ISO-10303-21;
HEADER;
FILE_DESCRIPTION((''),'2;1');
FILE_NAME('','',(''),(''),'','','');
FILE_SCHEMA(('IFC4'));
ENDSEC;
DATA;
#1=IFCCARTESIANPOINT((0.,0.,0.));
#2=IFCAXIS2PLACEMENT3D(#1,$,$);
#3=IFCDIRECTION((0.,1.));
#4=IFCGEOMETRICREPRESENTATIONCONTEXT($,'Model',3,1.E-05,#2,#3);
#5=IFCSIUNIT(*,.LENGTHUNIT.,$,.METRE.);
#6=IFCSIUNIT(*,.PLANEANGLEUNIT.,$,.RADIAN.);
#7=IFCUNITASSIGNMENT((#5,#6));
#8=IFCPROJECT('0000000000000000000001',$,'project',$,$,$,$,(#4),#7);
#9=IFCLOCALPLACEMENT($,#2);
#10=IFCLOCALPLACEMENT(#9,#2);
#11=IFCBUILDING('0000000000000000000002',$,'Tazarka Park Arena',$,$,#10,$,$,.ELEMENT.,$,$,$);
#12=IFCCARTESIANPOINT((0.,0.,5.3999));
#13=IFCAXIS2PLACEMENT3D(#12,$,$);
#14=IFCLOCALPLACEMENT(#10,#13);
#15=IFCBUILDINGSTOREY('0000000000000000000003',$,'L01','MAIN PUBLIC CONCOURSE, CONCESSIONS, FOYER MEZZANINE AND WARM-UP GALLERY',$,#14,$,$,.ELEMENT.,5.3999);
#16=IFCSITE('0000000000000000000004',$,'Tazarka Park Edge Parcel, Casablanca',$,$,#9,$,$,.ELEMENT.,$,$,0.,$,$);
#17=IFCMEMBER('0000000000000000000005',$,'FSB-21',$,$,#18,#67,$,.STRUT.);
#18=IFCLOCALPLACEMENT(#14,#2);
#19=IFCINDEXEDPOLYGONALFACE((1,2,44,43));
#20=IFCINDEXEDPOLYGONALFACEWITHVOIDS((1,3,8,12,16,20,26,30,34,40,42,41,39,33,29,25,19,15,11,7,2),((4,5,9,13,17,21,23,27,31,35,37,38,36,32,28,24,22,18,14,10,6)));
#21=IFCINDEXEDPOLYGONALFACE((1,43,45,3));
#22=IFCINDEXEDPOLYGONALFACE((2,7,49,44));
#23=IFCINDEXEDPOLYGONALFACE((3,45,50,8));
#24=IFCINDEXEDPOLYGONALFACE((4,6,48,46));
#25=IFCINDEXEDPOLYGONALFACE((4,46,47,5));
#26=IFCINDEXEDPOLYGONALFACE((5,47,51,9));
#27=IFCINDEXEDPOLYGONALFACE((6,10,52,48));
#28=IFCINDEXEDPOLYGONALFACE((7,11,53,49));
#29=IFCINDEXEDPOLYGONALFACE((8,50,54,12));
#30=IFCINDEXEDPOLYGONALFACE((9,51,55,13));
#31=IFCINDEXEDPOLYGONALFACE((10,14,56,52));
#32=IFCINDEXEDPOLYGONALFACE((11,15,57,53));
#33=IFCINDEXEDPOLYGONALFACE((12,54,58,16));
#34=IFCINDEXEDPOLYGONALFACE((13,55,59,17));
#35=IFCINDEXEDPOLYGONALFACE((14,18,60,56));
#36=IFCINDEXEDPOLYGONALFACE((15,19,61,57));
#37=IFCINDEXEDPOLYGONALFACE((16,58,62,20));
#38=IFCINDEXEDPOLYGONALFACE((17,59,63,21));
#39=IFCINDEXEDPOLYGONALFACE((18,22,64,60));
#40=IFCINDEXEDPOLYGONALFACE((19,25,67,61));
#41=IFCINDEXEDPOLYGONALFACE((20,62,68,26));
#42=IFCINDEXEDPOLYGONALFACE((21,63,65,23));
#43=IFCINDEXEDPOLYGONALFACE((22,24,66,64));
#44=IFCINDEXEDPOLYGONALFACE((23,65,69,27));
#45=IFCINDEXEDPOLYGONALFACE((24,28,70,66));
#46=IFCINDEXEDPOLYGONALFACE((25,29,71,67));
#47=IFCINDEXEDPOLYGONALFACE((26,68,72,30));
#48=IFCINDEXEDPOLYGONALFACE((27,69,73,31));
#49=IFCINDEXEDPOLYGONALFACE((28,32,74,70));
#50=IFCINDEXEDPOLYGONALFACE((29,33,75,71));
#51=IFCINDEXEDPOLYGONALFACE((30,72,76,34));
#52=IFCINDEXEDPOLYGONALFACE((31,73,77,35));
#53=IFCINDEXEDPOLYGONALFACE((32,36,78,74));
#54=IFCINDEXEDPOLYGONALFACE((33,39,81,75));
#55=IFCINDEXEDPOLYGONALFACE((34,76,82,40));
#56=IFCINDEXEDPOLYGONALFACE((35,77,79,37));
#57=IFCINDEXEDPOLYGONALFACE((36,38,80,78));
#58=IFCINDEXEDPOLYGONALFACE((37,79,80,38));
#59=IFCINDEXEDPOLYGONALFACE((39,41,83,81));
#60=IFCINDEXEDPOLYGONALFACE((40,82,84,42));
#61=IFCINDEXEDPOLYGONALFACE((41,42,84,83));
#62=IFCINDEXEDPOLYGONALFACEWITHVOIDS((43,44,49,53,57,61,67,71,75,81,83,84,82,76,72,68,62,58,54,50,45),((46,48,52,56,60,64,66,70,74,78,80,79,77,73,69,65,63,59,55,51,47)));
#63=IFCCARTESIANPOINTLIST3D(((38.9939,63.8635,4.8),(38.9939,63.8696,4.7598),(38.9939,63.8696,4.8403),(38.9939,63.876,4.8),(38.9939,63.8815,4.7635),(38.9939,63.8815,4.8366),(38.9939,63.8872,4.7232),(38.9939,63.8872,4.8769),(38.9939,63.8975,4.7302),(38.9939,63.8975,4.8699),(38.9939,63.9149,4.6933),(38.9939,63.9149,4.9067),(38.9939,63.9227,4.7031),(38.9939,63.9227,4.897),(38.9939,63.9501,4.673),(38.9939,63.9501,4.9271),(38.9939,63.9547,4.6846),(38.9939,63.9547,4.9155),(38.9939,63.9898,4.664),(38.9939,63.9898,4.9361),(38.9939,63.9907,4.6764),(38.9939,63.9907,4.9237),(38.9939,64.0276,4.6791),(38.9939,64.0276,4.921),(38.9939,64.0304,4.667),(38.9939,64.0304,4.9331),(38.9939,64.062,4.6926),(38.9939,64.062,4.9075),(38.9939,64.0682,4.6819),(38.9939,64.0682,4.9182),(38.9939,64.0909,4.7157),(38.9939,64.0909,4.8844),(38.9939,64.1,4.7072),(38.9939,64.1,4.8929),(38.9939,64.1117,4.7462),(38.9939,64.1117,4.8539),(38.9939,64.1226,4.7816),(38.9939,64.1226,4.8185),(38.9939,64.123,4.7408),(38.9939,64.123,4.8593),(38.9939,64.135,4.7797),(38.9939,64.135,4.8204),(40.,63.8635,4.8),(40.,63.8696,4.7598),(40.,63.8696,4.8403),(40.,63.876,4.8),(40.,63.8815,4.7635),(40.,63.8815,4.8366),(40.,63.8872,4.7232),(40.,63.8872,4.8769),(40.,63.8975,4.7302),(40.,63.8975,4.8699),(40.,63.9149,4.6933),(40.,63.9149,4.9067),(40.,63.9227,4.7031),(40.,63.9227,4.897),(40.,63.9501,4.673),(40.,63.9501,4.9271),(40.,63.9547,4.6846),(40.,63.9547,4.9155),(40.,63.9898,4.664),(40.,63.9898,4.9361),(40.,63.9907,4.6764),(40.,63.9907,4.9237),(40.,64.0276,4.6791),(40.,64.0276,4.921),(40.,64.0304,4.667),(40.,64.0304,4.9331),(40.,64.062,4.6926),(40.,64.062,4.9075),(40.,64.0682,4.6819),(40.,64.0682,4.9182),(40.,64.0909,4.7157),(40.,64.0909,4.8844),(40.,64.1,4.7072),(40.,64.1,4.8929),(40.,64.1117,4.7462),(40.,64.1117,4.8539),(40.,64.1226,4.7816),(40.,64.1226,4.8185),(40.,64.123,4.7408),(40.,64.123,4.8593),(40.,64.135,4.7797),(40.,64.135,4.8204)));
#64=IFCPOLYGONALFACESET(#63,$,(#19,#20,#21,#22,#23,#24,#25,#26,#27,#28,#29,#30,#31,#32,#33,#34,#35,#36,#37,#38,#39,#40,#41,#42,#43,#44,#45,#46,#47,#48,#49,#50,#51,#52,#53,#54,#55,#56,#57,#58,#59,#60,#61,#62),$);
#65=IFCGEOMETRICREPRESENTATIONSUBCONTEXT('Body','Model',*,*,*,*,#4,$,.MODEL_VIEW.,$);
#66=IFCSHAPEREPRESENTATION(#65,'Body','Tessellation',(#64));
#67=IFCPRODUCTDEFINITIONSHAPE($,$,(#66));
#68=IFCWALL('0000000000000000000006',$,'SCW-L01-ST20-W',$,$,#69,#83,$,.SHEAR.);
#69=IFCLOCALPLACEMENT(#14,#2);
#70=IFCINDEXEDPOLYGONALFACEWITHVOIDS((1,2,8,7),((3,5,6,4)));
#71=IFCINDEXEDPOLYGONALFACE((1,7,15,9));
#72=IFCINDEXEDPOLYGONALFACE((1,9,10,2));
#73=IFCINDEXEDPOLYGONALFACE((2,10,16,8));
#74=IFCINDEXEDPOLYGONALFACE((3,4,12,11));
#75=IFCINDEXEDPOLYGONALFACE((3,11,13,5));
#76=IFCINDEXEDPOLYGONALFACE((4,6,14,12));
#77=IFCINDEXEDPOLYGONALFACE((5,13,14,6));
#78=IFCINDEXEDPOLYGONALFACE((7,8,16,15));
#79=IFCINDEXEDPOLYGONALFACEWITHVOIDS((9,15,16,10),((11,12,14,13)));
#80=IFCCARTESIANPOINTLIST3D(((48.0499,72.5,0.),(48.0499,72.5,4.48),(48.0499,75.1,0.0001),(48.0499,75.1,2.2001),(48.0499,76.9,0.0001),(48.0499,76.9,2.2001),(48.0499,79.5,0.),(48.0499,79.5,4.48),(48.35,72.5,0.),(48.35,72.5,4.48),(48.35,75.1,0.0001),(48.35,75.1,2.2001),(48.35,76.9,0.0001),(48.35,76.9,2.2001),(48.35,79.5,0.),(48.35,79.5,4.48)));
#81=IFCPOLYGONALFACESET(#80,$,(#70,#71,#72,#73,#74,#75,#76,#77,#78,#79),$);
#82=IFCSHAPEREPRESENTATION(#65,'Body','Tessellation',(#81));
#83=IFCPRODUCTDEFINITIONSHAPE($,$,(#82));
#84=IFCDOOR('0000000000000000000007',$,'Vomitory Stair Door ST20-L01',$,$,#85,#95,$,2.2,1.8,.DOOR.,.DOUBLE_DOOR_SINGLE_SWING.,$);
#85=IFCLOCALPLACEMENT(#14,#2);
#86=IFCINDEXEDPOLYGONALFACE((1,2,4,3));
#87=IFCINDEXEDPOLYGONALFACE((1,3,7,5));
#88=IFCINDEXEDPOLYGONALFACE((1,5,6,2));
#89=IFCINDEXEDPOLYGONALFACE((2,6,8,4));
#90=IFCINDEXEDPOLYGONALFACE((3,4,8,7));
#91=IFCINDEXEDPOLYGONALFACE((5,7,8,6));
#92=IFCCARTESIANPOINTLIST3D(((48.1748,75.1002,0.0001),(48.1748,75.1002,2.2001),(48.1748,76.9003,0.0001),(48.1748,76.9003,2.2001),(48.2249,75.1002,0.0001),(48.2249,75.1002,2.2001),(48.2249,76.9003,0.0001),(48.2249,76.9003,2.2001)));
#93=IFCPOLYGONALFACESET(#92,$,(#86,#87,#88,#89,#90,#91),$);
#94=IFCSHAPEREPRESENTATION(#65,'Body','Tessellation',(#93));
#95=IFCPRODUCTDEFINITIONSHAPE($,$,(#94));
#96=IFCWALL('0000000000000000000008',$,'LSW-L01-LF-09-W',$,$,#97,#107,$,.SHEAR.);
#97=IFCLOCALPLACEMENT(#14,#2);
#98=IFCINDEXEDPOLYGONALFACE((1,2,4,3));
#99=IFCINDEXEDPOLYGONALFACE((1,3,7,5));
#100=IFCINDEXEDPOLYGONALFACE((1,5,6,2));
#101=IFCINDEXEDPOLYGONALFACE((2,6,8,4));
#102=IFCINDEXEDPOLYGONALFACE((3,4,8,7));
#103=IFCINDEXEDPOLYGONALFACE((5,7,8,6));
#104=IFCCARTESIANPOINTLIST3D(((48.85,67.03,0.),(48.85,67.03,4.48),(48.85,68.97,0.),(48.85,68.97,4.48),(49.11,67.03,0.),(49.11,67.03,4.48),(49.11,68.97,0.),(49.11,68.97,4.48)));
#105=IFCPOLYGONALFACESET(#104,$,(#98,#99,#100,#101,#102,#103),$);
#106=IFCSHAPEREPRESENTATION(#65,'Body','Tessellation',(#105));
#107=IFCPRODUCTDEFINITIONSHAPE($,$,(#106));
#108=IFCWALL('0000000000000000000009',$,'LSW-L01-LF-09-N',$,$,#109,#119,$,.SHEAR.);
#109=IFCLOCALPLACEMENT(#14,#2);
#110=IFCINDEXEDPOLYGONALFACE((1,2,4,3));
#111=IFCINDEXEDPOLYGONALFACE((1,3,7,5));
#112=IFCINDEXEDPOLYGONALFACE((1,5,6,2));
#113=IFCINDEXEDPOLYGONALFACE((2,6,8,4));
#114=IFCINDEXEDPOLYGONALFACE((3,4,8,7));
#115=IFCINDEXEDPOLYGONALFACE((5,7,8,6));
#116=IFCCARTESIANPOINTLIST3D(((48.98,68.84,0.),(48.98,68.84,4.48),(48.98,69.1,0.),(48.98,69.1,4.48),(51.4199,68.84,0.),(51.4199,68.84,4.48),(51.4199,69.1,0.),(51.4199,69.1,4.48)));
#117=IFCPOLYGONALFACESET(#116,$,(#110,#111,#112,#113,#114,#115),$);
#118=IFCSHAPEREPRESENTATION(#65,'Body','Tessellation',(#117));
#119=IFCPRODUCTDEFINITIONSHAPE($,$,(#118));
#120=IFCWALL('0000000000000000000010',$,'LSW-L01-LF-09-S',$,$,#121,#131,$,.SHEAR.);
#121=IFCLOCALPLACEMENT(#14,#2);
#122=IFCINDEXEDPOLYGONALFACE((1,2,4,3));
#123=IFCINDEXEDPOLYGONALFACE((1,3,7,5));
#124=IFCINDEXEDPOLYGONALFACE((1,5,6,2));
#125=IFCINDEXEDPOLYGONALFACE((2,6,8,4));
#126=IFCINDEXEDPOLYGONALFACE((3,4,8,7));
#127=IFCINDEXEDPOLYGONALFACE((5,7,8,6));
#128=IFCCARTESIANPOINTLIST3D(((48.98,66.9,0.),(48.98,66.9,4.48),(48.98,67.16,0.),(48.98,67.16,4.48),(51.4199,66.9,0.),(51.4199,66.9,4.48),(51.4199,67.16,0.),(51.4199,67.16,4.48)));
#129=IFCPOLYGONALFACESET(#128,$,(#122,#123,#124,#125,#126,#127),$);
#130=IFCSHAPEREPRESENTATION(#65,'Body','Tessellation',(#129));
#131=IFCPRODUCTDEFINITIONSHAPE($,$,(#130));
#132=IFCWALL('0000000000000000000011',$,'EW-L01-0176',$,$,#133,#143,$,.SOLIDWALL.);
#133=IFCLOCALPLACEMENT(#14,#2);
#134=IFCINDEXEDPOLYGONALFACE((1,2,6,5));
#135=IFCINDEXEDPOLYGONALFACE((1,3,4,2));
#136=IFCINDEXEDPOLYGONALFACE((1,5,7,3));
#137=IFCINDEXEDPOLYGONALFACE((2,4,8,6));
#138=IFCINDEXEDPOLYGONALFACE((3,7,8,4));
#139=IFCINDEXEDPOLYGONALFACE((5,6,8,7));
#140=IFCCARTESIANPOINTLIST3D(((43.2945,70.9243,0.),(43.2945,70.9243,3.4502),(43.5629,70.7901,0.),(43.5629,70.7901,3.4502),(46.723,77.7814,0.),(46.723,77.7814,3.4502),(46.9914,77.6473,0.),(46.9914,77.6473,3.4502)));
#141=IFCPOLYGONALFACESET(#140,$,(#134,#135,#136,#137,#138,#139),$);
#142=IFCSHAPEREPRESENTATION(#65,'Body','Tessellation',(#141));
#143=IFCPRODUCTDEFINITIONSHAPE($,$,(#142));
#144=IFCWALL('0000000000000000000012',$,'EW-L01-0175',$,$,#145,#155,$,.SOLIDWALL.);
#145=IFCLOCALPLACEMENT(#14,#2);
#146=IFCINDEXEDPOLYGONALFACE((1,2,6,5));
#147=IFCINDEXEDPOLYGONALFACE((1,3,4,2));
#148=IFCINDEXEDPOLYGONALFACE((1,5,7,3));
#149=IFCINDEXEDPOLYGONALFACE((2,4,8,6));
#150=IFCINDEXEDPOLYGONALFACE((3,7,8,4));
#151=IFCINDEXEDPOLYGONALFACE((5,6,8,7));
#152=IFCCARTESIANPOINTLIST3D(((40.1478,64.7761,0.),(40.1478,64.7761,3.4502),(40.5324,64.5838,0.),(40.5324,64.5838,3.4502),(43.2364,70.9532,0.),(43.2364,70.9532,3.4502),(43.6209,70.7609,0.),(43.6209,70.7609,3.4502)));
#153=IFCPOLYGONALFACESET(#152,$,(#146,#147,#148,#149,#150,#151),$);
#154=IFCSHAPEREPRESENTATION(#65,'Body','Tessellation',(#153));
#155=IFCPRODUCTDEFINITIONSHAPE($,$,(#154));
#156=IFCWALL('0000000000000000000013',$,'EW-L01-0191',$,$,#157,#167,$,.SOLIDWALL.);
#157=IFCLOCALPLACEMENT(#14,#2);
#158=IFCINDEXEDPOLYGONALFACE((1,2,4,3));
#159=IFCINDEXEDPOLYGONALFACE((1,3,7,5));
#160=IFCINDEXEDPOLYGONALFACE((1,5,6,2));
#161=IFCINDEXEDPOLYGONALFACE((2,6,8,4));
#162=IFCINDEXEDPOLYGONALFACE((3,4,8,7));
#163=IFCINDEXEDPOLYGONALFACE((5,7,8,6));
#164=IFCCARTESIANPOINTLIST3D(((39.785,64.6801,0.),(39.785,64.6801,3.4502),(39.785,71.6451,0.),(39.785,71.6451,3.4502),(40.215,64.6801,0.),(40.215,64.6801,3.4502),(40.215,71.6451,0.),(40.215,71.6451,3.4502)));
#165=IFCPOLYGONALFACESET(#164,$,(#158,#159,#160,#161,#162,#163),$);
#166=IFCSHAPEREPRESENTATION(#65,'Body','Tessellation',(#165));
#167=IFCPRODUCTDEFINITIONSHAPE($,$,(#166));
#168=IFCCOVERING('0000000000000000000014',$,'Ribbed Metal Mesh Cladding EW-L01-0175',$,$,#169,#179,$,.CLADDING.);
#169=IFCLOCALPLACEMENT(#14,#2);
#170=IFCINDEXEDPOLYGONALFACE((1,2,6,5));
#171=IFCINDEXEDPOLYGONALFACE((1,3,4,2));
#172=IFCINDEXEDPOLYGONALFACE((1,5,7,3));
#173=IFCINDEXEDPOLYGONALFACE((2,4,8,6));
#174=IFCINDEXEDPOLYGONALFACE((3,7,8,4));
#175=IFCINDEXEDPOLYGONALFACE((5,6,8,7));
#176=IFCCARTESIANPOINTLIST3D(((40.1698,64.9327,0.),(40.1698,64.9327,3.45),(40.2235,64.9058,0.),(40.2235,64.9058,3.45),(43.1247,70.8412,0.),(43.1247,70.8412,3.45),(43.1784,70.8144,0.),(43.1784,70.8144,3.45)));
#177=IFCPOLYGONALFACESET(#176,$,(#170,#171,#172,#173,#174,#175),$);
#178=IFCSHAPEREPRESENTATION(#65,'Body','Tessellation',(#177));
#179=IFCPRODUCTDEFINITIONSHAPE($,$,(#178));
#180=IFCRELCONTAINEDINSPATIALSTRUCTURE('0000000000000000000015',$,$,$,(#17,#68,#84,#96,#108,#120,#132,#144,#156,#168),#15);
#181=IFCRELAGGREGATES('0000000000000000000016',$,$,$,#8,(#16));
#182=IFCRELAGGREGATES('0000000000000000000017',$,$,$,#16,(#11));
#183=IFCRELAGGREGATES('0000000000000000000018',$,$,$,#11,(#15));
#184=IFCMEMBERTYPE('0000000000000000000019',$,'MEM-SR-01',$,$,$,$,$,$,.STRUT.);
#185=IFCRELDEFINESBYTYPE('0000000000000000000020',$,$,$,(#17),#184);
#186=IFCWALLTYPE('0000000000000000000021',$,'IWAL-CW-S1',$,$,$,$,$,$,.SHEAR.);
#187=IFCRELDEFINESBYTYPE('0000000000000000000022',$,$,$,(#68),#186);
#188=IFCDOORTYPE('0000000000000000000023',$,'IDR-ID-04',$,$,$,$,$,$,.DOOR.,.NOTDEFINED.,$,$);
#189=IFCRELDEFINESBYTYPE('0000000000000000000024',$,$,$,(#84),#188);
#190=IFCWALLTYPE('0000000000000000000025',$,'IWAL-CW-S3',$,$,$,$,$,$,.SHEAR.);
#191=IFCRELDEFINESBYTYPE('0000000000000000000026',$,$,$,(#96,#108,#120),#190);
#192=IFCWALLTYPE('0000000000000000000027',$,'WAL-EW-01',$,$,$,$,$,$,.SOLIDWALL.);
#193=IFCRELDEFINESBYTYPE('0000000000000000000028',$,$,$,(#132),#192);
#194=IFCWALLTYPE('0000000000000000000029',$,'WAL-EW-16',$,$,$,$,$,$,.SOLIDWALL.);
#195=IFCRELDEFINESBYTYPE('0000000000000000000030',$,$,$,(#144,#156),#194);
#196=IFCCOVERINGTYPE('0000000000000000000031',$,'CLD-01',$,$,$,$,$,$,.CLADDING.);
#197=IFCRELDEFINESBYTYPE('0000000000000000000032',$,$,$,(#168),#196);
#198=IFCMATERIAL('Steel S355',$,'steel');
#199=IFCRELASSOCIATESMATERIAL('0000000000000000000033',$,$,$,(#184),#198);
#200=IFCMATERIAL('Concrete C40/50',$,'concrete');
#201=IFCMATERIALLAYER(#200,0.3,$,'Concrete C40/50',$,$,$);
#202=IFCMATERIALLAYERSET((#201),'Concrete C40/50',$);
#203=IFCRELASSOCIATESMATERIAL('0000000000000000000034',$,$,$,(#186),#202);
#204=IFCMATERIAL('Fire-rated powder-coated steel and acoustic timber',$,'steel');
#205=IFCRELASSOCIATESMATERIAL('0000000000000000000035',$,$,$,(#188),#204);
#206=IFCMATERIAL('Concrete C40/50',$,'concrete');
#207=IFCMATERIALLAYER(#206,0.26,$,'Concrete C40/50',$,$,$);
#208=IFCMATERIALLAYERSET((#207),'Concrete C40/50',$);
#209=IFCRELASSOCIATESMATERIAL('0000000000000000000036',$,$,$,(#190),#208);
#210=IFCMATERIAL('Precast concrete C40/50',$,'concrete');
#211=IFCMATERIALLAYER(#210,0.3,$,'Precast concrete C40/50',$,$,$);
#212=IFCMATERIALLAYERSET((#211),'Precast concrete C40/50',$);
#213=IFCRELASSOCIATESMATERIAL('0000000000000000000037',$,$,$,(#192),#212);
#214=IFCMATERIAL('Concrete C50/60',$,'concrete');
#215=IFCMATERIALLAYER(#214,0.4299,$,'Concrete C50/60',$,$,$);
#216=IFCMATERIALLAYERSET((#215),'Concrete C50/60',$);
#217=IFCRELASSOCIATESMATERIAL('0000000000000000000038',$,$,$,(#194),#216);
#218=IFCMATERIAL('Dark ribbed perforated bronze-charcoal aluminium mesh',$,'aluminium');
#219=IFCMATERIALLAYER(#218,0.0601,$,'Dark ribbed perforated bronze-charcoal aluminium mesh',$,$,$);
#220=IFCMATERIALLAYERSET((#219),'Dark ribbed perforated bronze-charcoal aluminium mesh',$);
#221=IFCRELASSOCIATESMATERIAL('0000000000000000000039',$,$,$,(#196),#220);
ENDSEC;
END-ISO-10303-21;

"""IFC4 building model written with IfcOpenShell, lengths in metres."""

from ifc_helpers import new_model, si_unit, direction, frame, frame_2d, origin, origin_2d, place, context, subcontext, project, spatial, rectangle, hollow_circle, extrude, material, layer, layer_set, material_profile, profile_set, type_object, element, fill, save


model = new_model("IFC4")

# Units and contexts
model_context = context("Model", 3, precision=1e-05, world=origin(), true_north=direction((0.0, 1.0)))
body_context = subcontext(model_context, "Body", "Model", "MODEL_VIEW")
ifc_project = project(units=[si_unit("LENGTHUNIT", "METRE"), si_unit("PLANEANGLEUNIT", "RADIAN")], contexts=[model_context])

# Site, building, storey
site_placement = place(None, origin())
site = spatial("IfcSite", under=ifc_project, at=site_placement, Name="Tazarka Park Edge Parcel, Casablanca", CompositionType="ELEMENT", RefElevation=0.0)
building_placement = place(site_placement, origin())
building = spatial("IfcBuilding", under=site, at=building_placement, Name="Tazarka Park Arena", CompositionType="ELEMENT")
storey_placement = place(building_placement, frame((0.0, 0.0, 5.3999)))
storey = spatial("IfcBuildingStorey", under=building, at=storey_placement, Name="L01", Description="MAIN PUBLIC CONCOURSE, CONCESSIONS, FOYER MEZZANINE AND WARM-UP GALLERY", CompositionType="ELEMENT", Elevation=5.3999)

# Member
ifc_material_1 = material(Name="Steel S355", Category="steel")
ifc_material_profile_1 = material_profile(ifc_material_1, hollow_circle(Radius=0.1365, WallThickness=0.0125, at=origin_2d()), Name="Steel S355")
ifc_profile_set_1 = profile_set([ifc_material_profile_1], Name="Steel S355")
member_type = type_object("IfcMemberType", Name="MEM-SR-01", PredefinedType="STRUT", material=ifc_profile_set_1)
member_placement = place(storey_placement, frame((40.0, 64.0, 4.8), z_axis=(-1.0, 0.0, 0.0), x_axis=(0.0, -1.0, 0.0)))
element("IfcMember", 1, at=member_placement, inside=storey, type_object=member_type, Name="FSB-21", PredefinedType="STRUT", context=body_context, shape_type="SweptSolid", body=[
    extrude(hollow_circle(Radius=0.1365, WallThickness=0.0125, at=origin_2d()), origin(), (0.0, 0.0, 1.0), 1.0061),
])

# Wall, opening, door
ifc_material_2 = material(Name="Concrete C40/50", Category="concrete")
ifc_layer_1 = layer(ifc_material_2, 0.3, Name="Concrete C40/50")
ifc_layer_set_1 = layer_set([ifc_layer_1], Name="Concrete C40/50")
wall_type_1 = type_object("IfcWallType", Name="IWAL-CW-S1", PredefinedType="SHEAR", material=ifc_layer_set_1)
wall_1_placement = place(storey_placement, frame((48.2, 72.5, 0.0), z_axis=(0.0, 0.0, 1.0), x_axis=(0.0, 1.0, 0.0)))
wall_1 = element("IfcWall", 2, at=wall_1_placement, inside=storey, type_object=wall_type_1, Name="SCW-L01-ST20-W", PredefinedType="SHEAR", context=body_context, shape_type="SweptSolid", body=[
    extrude(rectangle(XDim=7.0, YDim=0.3, at=frame_2d((3.5, 0.0))), origin(), (0.0, 0.0, 1.0), 4.48),
])
opening_1_placement = place(wall_1_placement, frame((2.6001, 0.0, 0.0)))
opening_1 = element("IfcOpeningElement", 3, at=opening_1_placement, cuts=wall_1, PredefinedType="OPENING", context=body_context, shape_type="SweptSolid", body=[
    extrude(rectangle(XDim=1.8, YDim=2.2, at=frame_2d((0.8999, 1.1001))), frame((0.0, 0.1602, 0.0), z_axis=(0.0, -1.0, 0.0), x_axis=(1.0, 0.0, 0.0)), (0.0, 0.0, 1.0), 0.3201),
])
ifc_material_3 = material(Name="Fire-rated powder-coated steel and acoustic timber", Category="steel")
door_type_1 = type_object("IfcDoorType", Name="IDR-ID-04", OperationType="NOTDEFINED", PredefinedType="DOOR", material=ifc_material_3)
door_1_placement = place(opening_1_placement, frame((1.8, 0.0, 0.0), z_axis=(0.0, 0.0, 1.0), x_axis=(-1.0, 0.0, 0.0)))
door_1 = element("IfcDoor", 4, at=door_1_placement, inside=storey, type_object=door_type_1, Name="Vomitory Stair Door ST20-L01", OperationType="DOUBLE_DOOR_SINGLE_SWING", OverallHeight=2.2, OverallWidth=1.8, PredefinedType="DOOR", context=body_context, shape_type="SweptSolid", body=[
    extrude(rectangle(XDim=1.8, YDim=2.2, at=frame_2d((0.8999, 1.1001))), frame((0.0, 0.0249, 0.0), z_axis=(0.0, -1.0, 0.0), x_axis=(1.0, 0.0, 0.0)), (0.0, 0.0, 1.0), 0.05),
])
fill(opening_1, door_1)

# Walls
ifc_material_4 = material(Name="Concrete C40/50", Category="concrete")
ifc_layer_2 = layer(ifc_material_4, 0.26, Name="Concrete C40/50")
ifc_layer_set_2 = layer_set([ifc_layer_2], Name="Concrete C40/50")
wall_type_2 = type_object("IfcWallType", Name="IWAL-CW-S3", PredefinedType="SHEAR", material=ifc_layer_set_2)
wall_2_placement = place(storey_placement, frame((48.98, 67.03, 0.0), z_axis=(0.0, 0.0, 1.0), x_axis=(0.0, 1.0, 0.0)))
element("IfcWall", 5, at=wall_2_placement, inside=storey, type_object=wall_type_2, Name="LSW-L01-LF-09-W", PredefinedType="SHEAR", context=body_context, shape_type="SweptSolid", body=[
    extrude(rectangle(XDim=1.9399, YDim=0.26, at=frame_2d((0.97, 0.0))), origin(), (0.0, 0.0, 1.0), 4.48),
])
for number, where, z_axis, x_axis, name in (
    (6, (48.98, 68.97, 0.0), (0.0, 0.0, 1.0), (1.0, 0.0, 0.0), "LSW-L01-LF-09-N"),
    (7, (51.4199, 67.03, 0.0), (0.0, 0.0, 1.0), (-1.0, 0.0, 0.0), "LSW-L01-LF-09-S"),
):
    element("IfcWall", number, at=place(storey_placement, frame(where, z_axis=z_axis, x_axis=x_axis)), inside=storey, type_object=wall_type_2, Name=name, PredefinedType="SHEAR", context=body_context, shape_type="SweptSolid", body=[
        extrude(rectangle(XDim=2.4399, YDim=0.26, at=frame_2d((1.22, 0.0))), origin(), (0.0, 0.0, 1.0), 4.48),
    ])

# Walls
ifc_material_5 = material(Name="Precast concrete C40/50", Category="concrete")
ifc_layer_3 = layer(ifc_material_5, 0.3, Name="Precast concrete C40/50")
ifc_layer_set_3 = layer_set([ifc_layer_3], Name="Precast concrete C40/50")
wall_type_3 = type_object("IfcWallType", Name="WAL-EW-01", PredefinedType="SOLIDWALL", material=ifc_layer_set_3)
wall_3_placement = place(storey_placement, frame((43.4287, 70.8572, 0.0), z_axis=(0.0, 0.0, 1.0), x_axis=(0.447201, 0.894434, 0.0)))
element("IfcWall", 8, at=wall_3_placement, inside=storey, type_object=wall_type_3, Name="EW-L01-0176", PredefinedType="SOLIDWALL", context=body_context, shape_type="SweptSolid", body=[
    extrude(rectangle(XDim=7.6665, YDim=0.3, at=frame_2d((3.8333, 0.0))), origin(), (0.0, 0.0, 1.0), 3.4502),
])
ifc_material_6 = material(Name="Concrete C50/60", Category="concrete")
ifc_layer_4 = layer(ifc_material_6, 0.4299, Name="Concrete C50/60")
ifc_layer_set_4 = layer_set([ifc_layer_4], Name="Concrete C50/60")
wall_type_4 = type_object("IfcWallType", Name="WAL-EW-16", PredefinedType="SOLIDWALL", material=ifc_layer_set_4)
wall_4_placement = place(storey_placement, frame((40.3401, 64.6799, 0.0), z_axis=(0.0, 0.0, 1.0), x_axis=(0.447214, 0.894427, 0.0)))
element("IfcWall", 9, at=wall_4_placement, inside=storey, type_object=wall_type_4, Name="EW-L01-0175", PredefinedType="SOLIDWALL", context=body_context, shape_type="SweptSolid", body=[
    extrude(rectangle(XDim=6.9062, YDim=0.4299, at=frame_2d((3.4531, 0.0))), origin(), (0.0, 0.0, 1.0), 3.4502),
])
wall_5_placement = place(storey_placement, frame((40.0, 71.645, 0.0), z_axis=(0.0, 0.0, 1.0), x_axis=(0.0, -1.0, 0.0)))
element("IfcWall", 10, at=wall_5_placement, inside=storey, type_object=wall_type_4, Name="EW-L01-0191", PredefinedType="SOLIDWALL", context=body_context, shape_type="SweptSolid", body=[
    extrude(rectangle(XDim=6.9651, YDim=0.4299, at=frame_2d((3.4824, 0.0))), origin(), (0.0, 0.0, 1.0), 3.4502),
])

# Covering
ifc_material_7 = material(Name="Dark ribbed perforated bronze-charcoal aluminium mesh", Category="aluminium")
ifc_layer_5 = layer(ifc_material_7, 0.0601, Name="Dark ribbed perforated bronze-charcoal aluminium mesh")
ifc_layer_set_5 = layer_set([ifc_layer_5], Name="Dark ribbed perforated bronze-charcoal aluminium mesh")
covering_type = type_object("IfcCoveringType", Name="CLD-01", PredefinedType="CLADDING", material=ifc_layer_set_5)
covering_placement = place(storey_placement, frame((41.6741, 67.8735, 0.0), z_axis=(0.0, 0.0, 1.0), x_axis=(0.447291, 0.894389, 0.0)))
element("IfcCovering", 11, at=covering_placement, inside=storey, type_object=covering_type, Name="Ribbed Metal Mesh Cladding EW-L01-0175", PredefinedType="CLADDING", context=body_context, shape_type="SweptSolid", body=[
    extrude(rectangle(XDim=6.6062, YDim=0.0601, at=origin_2d()), origin(), (0.0, 0.0, 1.0), 3.45),
])

save(model, "model.ifc")
